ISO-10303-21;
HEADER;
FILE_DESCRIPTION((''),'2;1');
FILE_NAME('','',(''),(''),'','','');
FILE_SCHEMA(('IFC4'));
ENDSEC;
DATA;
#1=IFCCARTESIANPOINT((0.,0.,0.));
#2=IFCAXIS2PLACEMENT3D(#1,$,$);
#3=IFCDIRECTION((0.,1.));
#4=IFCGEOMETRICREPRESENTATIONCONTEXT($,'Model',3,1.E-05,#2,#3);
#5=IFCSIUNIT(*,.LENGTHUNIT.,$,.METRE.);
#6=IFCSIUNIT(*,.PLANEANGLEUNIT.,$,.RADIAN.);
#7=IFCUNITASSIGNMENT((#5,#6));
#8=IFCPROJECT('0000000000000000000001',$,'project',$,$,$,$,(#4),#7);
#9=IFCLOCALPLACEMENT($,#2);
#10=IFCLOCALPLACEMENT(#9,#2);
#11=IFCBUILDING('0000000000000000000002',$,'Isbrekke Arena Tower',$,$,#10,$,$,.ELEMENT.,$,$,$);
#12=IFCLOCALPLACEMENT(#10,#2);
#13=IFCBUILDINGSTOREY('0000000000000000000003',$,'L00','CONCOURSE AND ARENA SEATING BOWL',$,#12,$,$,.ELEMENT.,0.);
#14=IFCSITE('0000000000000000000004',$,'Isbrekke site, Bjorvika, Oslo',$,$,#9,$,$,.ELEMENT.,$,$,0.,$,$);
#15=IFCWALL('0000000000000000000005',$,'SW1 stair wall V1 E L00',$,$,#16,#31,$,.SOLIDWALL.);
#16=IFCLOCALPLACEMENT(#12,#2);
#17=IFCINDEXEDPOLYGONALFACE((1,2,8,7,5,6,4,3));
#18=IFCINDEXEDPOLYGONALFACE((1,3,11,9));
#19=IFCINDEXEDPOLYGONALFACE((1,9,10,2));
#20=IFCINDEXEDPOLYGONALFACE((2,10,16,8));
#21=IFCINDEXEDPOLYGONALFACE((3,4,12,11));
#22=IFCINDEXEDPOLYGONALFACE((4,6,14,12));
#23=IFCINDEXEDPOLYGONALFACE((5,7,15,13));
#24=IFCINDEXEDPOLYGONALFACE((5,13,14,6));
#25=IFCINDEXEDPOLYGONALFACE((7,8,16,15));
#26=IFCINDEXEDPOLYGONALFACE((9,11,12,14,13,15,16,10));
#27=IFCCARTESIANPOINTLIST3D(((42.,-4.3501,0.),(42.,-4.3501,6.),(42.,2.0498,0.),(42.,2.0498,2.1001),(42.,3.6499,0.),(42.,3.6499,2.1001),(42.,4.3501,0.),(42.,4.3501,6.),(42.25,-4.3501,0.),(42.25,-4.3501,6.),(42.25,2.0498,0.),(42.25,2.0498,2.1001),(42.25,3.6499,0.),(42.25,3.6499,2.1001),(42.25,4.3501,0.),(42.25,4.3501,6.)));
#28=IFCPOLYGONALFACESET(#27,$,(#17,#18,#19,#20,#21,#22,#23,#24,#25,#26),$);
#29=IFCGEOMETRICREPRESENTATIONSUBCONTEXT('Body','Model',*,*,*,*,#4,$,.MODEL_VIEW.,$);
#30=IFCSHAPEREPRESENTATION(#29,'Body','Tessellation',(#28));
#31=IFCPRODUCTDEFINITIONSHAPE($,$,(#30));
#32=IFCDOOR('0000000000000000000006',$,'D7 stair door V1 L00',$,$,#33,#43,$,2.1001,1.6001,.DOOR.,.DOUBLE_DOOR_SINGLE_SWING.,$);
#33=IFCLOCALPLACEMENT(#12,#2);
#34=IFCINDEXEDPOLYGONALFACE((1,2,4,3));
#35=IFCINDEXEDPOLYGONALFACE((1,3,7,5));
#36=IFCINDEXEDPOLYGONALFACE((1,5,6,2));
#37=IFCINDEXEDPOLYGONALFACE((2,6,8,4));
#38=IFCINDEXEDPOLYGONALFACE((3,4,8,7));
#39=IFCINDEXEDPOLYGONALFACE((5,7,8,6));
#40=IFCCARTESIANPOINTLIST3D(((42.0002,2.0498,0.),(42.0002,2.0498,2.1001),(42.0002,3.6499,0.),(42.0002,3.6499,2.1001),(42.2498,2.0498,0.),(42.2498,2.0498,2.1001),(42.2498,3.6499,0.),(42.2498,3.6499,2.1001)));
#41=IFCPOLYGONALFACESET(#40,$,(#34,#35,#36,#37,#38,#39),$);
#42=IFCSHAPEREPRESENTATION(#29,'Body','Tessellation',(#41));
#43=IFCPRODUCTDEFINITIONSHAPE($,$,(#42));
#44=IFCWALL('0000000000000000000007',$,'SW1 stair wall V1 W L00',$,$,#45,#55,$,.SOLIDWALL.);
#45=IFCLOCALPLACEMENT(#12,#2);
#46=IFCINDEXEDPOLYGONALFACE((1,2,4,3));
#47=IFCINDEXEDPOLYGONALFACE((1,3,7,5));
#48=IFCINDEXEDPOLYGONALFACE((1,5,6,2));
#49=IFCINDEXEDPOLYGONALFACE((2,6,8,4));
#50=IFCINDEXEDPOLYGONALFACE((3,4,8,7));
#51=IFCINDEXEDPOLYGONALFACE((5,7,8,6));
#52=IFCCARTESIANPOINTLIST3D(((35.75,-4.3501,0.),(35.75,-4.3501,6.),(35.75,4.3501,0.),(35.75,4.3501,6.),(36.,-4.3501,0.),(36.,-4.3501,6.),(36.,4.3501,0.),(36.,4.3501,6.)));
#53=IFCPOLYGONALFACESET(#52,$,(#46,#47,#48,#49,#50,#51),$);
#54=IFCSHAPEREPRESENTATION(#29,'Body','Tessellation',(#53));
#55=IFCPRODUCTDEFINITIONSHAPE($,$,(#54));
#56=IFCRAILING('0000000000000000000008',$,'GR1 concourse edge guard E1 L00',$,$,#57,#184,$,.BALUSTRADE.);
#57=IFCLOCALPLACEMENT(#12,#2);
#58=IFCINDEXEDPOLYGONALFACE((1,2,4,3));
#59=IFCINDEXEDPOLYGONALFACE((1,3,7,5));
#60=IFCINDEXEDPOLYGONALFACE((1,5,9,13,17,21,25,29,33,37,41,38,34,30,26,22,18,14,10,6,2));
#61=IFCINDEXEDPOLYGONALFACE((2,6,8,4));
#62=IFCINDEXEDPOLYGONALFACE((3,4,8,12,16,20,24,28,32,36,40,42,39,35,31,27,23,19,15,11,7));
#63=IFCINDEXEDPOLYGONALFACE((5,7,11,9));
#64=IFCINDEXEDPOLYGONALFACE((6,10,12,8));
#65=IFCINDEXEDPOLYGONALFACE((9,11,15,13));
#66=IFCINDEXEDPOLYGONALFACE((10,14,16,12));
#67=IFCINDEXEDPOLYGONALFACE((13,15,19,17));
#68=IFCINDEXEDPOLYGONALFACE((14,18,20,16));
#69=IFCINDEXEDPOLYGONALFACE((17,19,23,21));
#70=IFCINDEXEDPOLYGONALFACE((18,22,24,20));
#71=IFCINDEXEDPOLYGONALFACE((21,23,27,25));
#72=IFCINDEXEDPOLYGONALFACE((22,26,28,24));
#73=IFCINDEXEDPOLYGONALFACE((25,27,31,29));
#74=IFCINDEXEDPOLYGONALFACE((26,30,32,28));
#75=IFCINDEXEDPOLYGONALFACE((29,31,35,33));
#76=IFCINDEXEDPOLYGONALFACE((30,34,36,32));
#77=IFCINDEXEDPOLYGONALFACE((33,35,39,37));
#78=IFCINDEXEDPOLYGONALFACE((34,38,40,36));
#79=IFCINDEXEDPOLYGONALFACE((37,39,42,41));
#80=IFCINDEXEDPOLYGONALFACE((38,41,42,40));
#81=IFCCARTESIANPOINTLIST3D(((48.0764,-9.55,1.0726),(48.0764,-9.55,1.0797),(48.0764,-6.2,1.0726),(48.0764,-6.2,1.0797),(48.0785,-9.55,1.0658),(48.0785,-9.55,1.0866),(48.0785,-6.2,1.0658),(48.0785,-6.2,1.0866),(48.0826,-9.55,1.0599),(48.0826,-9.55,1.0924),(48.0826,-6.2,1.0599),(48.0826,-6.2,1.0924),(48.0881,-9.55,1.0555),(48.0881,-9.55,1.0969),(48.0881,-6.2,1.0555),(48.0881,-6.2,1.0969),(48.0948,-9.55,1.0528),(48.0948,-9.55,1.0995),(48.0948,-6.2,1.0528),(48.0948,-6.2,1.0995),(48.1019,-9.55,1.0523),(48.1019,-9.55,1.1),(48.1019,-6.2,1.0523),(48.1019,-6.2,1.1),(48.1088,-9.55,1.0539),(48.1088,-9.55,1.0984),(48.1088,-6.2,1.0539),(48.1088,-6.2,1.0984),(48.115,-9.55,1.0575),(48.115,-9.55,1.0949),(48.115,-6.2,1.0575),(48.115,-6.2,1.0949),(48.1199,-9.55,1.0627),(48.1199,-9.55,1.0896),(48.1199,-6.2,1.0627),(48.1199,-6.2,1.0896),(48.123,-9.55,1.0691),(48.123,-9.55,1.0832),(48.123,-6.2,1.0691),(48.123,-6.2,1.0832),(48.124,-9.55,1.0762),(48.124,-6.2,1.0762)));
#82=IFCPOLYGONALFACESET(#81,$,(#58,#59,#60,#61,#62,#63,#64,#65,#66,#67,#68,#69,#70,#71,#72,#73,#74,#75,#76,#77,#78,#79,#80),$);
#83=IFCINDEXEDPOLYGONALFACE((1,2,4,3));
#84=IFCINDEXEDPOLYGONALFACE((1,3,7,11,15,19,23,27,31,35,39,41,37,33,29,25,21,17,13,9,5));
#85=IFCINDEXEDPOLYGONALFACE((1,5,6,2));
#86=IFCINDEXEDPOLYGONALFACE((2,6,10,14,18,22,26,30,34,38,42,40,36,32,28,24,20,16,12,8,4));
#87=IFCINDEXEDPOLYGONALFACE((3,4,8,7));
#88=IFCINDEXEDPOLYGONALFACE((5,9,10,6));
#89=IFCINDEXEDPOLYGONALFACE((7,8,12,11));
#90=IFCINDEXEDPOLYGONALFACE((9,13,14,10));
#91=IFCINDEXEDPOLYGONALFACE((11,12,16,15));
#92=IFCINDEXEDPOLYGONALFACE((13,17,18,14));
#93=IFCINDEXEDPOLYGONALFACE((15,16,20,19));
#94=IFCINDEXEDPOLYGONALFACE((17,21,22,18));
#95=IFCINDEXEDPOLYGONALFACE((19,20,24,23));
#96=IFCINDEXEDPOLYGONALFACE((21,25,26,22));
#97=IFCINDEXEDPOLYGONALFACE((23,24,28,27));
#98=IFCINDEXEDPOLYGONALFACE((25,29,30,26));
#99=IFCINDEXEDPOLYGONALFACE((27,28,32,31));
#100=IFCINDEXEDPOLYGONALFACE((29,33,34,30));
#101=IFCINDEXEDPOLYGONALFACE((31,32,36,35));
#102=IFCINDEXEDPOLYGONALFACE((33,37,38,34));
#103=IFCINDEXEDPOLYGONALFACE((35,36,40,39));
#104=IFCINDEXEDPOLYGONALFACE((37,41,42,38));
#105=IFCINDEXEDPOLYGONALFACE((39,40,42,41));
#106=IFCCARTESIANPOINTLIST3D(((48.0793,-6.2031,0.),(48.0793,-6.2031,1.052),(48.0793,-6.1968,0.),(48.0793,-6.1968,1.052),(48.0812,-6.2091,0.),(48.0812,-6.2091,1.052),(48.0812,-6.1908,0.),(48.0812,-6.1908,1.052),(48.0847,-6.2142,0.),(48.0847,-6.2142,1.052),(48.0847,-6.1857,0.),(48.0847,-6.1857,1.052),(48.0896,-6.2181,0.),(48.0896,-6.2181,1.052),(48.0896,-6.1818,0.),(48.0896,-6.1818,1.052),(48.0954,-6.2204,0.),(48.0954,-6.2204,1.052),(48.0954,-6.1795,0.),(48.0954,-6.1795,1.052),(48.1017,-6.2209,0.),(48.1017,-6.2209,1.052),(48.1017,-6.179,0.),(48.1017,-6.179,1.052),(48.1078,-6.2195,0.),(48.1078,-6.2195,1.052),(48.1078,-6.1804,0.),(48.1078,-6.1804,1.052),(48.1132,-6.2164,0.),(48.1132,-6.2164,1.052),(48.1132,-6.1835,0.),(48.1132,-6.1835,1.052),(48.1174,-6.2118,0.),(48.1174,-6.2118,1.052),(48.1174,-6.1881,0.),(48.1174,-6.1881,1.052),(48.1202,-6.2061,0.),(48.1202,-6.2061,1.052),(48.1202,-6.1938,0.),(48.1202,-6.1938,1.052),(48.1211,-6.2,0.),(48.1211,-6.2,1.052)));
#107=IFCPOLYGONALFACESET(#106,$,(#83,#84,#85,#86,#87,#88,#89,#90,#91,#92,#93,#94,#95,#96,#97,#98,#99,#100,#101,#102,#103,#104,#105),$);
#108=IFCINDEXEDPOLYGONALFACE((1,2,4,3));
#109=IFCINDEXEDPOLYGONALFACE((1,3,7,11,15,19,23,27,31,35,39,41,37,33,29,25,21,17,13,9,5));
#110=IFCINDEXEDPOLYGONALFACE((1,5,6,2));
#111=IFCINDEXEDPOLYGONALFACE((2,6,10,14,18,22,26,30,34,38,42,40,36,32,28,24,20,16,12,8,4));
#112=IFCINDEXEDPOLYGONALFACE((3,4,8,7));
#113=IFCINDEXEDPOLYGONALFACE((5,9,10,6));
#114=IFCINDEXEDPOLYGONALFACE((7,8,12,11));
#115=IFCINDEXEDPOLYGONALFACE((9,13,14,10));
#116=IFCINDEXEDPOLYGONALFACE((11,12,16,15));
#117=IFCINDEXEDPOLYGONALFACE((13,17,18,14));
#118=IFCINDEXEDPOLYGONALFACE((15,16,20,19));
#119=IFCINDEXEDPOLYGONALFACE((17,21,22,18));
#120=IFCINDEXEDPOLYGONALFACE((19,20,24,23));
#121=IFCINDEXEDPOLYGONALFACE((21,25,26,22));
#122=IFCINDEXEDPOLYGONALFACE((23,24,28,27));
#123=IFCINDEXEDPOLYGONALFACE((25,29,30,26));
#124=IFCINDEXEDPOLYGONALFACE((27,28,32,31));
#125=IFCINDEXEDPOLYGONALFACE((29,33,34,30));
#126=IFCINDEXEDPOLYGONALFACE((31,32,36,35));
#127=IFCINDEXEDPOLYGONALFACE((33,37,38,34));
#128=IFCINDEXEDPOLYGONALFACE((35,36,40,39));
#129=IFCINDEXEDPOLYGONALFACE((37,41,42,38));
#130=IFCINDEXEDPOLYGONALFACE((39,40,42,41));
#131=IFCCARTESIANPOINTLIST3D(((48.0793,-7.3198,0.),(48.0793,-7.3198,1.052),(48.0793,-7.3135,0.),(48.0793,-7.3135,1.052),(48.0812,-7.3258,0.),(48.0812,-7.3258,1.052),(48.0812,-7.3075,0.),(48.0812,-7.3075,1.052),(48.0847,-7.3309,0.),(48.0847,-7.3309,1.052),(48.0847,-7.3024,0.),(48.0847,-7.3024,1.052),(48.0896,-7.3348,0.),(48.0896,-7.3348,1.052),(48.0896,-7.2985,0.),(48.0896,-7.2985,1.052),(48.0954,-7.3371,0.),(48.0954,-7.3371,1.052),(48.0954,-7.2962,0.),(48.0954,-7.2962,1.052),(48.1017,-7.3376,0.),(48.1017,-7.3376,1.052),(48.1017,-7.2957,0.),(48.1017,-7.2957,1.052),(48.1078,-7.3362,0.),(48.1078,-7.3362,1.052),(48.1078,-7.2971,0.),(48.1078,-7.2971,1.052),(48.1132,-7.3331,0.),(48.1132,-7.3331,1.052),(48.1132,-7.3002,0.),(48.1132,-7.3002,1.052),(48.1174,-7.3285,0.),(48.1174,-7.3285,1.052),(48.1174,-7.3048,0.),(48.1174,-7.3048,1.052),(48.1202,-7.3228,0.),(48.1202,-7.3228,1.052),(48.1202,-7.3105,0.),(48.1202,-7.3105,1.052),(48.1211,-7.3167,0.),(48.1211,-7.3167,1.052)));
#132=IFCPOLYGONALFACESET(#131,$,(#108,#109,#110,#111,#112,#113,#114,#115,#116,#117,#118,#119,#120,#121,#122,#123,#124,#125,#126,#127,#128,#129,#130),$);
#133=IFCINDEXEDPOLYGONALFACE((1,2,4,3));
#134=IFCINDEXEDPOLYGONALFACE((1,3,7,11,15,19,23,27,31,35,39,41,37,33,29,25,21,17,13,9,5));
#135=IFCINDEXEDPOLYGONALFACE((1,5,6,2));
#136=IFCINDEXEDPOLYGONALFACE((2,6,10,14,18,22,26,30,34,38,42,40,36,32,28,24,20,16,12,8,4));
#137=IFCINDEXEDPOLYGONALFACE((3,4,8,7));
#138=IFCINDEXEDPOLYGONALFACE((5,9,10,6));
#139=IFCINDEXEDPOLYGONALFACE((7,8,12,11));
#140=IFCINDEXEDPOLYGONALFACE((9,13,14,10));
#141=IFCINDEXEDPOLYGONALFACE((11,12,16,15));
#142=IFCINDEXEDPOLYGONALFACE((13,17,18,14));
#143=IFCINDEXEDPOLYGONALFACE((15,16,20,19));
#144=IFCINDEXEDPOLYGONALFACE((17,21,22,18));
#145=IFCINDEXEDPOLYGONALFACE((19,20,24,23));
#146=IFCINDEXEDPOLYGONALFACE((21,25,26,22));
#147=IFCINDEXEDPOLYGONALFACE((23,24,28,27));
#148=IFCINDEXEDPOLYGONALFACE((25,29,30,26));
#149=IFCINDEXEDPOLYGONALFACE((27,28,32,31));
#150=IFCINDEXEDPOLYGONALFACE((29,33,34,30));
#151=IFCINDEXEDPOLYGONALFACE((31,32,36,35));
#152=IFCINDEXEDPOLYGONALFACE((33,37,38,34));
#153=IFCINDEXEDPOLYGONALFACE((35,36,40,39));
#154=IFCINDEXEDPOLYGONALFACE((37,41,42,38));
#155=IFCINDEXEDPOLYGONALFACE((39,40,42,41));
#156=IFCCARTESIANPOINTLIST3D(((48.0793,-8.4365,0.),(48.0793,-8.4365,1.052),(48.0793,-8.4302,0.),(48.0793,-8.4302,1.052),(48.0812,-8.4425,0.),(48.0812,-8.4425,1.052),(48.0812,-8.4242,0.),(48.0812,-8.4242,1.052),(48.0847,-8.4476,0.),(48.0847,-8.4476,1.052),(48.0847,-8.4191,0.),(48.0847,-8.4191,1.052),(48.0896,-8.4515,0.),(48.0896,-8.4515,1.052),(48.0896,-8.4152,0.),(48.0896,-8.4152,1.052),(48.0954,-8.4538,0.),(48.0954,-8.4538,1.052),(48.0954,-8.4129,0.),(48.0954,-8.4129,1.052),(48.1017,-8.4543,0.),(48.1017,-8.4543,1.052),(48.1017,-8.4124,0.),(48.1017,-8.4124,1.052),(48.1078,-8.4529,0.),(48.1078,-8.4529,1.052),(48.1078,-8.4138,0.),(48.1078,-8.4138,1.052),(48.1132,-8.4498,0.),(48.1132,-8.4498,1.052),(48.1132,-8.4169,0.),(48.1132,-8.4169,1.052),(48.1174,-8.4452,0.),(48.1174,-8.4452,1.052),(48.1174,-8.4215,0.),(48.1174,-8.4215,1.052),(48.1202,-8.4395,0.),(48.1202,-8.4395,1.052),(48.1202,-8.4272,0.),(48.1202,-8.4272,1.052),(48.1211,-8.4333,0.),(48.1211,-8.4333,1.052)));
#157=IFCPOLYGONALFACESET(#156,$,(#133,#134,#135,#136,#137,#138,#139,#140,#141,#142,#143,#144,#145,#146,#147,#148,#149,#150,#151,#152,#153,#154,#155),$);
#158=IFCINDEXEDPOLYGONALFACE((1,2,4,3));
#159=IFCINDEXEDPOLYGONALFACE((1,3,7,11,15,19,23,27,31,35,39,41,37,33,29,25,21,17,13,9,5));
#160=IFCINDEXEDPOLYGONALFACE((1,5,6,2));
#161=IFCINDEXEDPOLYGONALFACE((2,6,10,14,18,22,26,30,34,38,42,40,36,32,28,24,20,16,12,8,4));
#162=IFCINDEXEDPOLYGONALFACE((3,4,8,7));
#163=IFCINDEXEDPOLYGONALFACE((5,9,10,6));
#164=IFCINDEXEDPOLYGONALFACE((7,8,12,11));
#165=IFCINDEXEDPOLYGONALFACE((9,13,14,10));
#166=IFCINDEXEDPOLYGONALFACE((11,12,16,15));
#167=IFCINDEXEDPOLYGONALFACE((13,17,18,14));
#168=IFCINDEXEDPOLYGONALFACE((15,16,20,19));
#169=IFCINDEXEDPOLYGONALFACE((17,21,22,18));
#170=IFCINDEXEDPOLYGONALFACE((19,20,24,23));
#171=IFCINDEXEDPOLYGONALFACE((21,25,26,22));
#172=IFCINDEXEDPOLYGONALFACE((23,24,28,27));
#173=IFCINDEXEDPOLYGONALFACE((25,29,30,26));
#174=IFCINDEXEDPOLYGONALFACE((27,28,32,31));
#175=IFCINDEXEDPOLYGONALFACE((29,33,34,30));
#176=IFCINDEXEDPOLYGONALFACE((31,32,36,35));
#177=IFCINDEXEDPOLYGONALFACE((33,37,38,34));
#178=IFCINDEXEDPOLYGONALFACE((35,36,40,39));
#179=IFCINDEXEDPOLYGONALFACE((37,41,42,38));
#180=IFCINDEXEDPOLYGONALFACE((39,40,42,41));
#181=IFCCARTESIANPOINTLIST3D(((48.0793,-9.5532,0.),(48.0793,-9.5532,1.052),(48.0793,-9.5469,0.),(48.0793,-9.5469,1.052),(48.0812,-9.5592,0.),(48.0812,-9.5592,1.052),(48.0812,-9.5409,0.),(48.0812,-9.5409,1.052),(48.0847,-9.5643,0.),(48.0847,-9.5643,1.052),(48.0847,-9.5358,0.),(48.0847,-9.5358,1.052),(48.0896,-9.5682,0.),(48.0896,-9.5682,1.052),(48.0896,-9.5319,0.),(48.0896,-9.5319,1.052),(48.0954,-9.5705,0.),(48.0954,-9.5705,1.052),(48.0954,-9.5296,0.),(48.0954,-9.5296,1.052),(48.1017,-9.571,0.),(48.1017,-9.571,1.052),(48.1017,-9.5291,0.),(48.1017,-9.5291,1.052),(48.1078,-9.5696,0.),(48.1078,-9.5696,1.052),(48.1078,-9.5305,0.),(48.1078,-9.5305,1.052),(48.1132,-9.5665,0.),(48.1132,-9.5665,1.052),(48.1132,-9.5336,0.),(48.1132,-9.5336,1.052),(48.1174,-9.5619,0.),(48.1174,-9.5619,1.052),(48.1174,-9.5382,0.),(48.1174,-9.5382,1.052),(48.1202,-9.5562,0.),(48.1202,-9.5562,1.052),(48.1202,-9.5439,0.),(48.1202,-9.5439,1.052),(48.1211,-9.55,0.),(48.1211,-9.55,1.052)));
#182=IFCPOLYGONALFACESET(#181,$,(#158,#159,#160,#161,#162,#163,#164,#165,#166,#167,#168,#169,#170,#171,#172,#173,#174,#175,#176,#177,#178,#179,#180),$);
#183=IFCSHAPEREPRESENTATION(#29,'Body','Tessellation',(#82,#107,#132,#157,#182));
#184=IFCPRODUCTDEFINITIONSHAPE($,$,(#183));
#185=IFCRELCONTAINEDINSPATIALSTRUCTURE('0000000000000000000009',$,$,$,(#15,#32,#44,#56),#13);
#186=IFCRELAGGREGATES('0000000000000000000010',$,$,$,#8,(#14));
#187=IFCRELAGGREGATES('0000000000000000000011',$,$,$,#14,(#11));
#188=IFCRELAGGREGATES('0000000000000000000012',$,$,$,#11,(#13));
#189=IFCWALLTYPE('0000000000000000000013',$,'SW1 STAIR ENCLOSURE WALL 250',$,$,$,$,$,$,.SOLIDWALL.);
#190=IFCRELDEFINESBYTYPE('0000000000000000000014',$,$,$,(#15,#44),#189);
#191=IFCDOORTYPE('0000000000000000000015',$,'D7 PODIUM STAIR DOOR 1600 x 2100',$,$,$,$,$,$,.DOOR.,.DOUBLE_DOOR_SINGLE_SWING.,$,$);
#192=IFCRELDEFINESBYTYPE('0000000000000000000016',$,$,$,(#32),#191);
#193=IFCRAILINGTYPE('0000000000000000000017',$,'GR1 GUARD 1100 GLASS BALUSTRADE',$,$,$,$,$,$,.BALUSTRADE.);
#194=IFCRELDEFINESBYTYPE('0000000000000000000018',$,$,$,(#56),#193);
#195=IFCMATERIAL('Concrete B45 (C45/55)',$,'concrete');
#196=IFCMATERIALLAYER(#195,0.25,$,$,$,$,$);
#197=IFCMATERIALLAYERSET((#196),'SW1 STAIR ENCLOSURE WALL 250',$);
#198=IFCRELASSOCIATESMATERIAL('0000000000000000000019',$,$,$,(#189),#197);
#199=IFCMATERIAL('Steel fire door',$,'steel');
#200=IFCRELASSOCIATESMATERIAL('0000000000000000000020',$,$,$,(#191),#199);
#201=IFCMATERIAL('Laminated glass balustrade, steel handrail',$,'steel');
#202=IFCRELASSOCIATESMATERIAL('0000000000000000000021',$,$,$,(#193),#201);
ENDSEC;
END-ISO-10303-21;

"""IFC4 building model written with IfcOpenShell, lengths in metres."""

from ifc_helpers import new_model, si_unit, direction, frame, frame_2d, origin, origin_2d, place, context, subcontext, project, spatial, rectangle, circle, extrude, material, layer, layer_set, type_object, element, fill, save


model = new_model("IFC4")

# Units and contexts
model_context = context("Model", 3, precision=1e-05, world=origin(), true_north=direction((0.0, 1.0)))
body_context = subcontext(model_context, "Body", "Model", "MODEL_VIEW")
ifc_project = project(units=[si_unit("LENGTHUNIT", "METRE"), si_unit("PLANEANGLEUNIT", "RADIAN")], contexts=[model_context])

# Site, building, storey
site_placement = place(None, origin())
site = spatial("IfcSite", under=ifc_project, at=site_placement, Name="Isbrekke site, Bjorvika, Oslo", CompositionType="ELEMENT", RefElevation=0.0)
building_placement = place(site_placement, origin())
building = spatial("IfcBuilding", under=site, at=building_placement, Name="Isbrekke Arena Tower", CompositionType="ELEMENT")
storey_placement = place(building_placement, origin())
storey = spatial("IfcBuildingStorey", under=building, at=storey_placement, Name="L00", Description="CONCOURSE AND ARENA SEATING BOWL", CompositionType="ELEMENT", Elevation=0.0)

# Shared definitions
ifc_material_1 = material(Name="Concrete B45 (C45/55)", Category="concrete")
ifc_layer = layer(ifc_material_1, 0.25)
ifc_layer_set = layer_set([ifc_layer], Name="SW1 STAIR ENCLOSURE WALL 250")
wall_type = type_object("IfcWallType", Name="SW1 STAIR ENCLOSURE WALL 250", PredefinedType="SOLIDWALL", material=ifc_layer_set)

# Wall, opening, door
wall_1_placement = place(storey_placement, frame((42.125, -4.3501, 0.0), z_axis=(0.0, 0.0, 1.0), x_axis=(0.0, 1.0, 0.0)))
wall_1 = element("IfcWall", 1, at=wall_1_placement, inside=storey, type_object=wall_type, Name="SW1 stair wall V1 E L00", PredefinedType="SOLIDWALL", context=body_context, shape_type="SweptSolid", body=[
    extrude(rectangle(XDim=8.7002, YDim=0.25, at=frame_2d((4.3501, 0.0))), origin(), (0.0, 0.0, 1.0), 6.0),
])
opening_placement = place(wall_1_placement, frame((6.3999, 0.0, 0.0)))
opening = element("IfcOpeningElement", 2, at=opening_placement, cuts=wall_1, PredefinedType="OPENING", context=body_context, shape_type="SweptSolid", body=[
    extrude(rectangle(XDim=1.6001, YDim=2.1001, at=frame_2d((0.8, 1.05))), frame((0.0, 0.1399, 0.0), z_axis=(0.0, -1.0, 0.0), x_axis=(1.0, 0.0, 0.0)), (0.0, 0.0, 1.0), 0.2798),
])
ifc_material_2 = material(Name="Steel fire door", Category="steel")
door_type = type_object("IfcDoorType", Name="D7 PODIUM STAIR DOOR 1600 x 2100", OperationType="DOUBLE_DOOR_SINGLE_SWING", PredefinedType="DOOR", material=ifc_material_2)
door_placement = place(opening_placement, origin())
door = element("IfcDoor", 3, at=door_placement, inside=storey, type_object=door_type, Name="D7 stair door V1 L00", OperationType="DOUBLE_DOOR_SINGLE_SWING", OverallHeight=2.1001, OverallWidth=1.6001, PredefinedType="DOOR", context=body_context, shape_type="SweptSolid", body=[
    extrude(rectangle(XDim=1.6001, YDim=2.1001, at=frame_2d((0.8, 1.05))), frame((0.0, 0.1248, 0.0), z_axis=(0.0, -1.0, 0.0), x_axis=(1.0, 0.0, 0.0)), (0.0, 0.0, 1.0), 0.2495),
])
fill(opening, door)

# Wall
wall_2_placement = place(storey_placement, frame((35.875, 4.3501, 0.0), z_axis=(0.0, 0.0, 1.0), x_axis=(0.0, -1.0, 0.0)))
element("IfcWall", 4, at=wall_2_placement, inside=storey, type_object=wall_type, Name="SW1 stair wall V1 W L00", PredefinedType="SOLIDWALL", context=body_context, shape_type="SweptSolid", body=[
    extrude(rectangle(XDim=8.7002, YDim=0.25, at=frame_2d((4.3501, 0.0))), origin(), (0.0, 0.0, 1.0), 6.0),
])

# Railing
ifc_material_3 = material(Name="Laminated glass balustrade, steel handrail", Category="steel")
railing_type_1 = type_object("IfcRailingType", Name="GR1 GUARD 1100 GLASS BALUSTRADE", PredefinedType="BALUSTRADE", material=ifc_material_3)
railing_1_placement = place(storey_placement, frame((48.1001, -6.2, 0.0)))
element("IfcRailing", 5, at=railing_1_placement, inside=storey, type_object=railing_type_1, Name="GR1 concourse edge guard E1 L00", PredefinedType="BALUSTRADE", context=body_context, shape_type="SweptSolid", body=[
    extrude(circle(Radius=0.0239, at=origin_2d()), frame((0.0, 0.0, 1.0762), z_axis=(0.0, -1.0, 0.0), x_axis=(1.0, 0.0, 0.0)), (0.0, 0.0, 1.0), 3.3501),
    extrude(circle(Radius=0.021, at=origin_2d()), origin(), (0.0, 0.0, 1.0), 1.052),
    extrude(circle(Radius=0.021, at=origin_2d()), frame((0.0, -1.1167, 0.0)), (0.0, 0.0, 1.0), 1.052),
    extrude(circle(Radius=0.021, at=origin_2d()), frame((0.0, -2.2334, 0.0)), (0.0, 0.0, 1.0), 1.052),
    extrude(circle(Radius=0.021, at=origin_2d()), frame((0.0, -3.3501, 0.0)), (0.0, 0.0, 1.0), 1.052),
])

save(model, "model.ifc")
